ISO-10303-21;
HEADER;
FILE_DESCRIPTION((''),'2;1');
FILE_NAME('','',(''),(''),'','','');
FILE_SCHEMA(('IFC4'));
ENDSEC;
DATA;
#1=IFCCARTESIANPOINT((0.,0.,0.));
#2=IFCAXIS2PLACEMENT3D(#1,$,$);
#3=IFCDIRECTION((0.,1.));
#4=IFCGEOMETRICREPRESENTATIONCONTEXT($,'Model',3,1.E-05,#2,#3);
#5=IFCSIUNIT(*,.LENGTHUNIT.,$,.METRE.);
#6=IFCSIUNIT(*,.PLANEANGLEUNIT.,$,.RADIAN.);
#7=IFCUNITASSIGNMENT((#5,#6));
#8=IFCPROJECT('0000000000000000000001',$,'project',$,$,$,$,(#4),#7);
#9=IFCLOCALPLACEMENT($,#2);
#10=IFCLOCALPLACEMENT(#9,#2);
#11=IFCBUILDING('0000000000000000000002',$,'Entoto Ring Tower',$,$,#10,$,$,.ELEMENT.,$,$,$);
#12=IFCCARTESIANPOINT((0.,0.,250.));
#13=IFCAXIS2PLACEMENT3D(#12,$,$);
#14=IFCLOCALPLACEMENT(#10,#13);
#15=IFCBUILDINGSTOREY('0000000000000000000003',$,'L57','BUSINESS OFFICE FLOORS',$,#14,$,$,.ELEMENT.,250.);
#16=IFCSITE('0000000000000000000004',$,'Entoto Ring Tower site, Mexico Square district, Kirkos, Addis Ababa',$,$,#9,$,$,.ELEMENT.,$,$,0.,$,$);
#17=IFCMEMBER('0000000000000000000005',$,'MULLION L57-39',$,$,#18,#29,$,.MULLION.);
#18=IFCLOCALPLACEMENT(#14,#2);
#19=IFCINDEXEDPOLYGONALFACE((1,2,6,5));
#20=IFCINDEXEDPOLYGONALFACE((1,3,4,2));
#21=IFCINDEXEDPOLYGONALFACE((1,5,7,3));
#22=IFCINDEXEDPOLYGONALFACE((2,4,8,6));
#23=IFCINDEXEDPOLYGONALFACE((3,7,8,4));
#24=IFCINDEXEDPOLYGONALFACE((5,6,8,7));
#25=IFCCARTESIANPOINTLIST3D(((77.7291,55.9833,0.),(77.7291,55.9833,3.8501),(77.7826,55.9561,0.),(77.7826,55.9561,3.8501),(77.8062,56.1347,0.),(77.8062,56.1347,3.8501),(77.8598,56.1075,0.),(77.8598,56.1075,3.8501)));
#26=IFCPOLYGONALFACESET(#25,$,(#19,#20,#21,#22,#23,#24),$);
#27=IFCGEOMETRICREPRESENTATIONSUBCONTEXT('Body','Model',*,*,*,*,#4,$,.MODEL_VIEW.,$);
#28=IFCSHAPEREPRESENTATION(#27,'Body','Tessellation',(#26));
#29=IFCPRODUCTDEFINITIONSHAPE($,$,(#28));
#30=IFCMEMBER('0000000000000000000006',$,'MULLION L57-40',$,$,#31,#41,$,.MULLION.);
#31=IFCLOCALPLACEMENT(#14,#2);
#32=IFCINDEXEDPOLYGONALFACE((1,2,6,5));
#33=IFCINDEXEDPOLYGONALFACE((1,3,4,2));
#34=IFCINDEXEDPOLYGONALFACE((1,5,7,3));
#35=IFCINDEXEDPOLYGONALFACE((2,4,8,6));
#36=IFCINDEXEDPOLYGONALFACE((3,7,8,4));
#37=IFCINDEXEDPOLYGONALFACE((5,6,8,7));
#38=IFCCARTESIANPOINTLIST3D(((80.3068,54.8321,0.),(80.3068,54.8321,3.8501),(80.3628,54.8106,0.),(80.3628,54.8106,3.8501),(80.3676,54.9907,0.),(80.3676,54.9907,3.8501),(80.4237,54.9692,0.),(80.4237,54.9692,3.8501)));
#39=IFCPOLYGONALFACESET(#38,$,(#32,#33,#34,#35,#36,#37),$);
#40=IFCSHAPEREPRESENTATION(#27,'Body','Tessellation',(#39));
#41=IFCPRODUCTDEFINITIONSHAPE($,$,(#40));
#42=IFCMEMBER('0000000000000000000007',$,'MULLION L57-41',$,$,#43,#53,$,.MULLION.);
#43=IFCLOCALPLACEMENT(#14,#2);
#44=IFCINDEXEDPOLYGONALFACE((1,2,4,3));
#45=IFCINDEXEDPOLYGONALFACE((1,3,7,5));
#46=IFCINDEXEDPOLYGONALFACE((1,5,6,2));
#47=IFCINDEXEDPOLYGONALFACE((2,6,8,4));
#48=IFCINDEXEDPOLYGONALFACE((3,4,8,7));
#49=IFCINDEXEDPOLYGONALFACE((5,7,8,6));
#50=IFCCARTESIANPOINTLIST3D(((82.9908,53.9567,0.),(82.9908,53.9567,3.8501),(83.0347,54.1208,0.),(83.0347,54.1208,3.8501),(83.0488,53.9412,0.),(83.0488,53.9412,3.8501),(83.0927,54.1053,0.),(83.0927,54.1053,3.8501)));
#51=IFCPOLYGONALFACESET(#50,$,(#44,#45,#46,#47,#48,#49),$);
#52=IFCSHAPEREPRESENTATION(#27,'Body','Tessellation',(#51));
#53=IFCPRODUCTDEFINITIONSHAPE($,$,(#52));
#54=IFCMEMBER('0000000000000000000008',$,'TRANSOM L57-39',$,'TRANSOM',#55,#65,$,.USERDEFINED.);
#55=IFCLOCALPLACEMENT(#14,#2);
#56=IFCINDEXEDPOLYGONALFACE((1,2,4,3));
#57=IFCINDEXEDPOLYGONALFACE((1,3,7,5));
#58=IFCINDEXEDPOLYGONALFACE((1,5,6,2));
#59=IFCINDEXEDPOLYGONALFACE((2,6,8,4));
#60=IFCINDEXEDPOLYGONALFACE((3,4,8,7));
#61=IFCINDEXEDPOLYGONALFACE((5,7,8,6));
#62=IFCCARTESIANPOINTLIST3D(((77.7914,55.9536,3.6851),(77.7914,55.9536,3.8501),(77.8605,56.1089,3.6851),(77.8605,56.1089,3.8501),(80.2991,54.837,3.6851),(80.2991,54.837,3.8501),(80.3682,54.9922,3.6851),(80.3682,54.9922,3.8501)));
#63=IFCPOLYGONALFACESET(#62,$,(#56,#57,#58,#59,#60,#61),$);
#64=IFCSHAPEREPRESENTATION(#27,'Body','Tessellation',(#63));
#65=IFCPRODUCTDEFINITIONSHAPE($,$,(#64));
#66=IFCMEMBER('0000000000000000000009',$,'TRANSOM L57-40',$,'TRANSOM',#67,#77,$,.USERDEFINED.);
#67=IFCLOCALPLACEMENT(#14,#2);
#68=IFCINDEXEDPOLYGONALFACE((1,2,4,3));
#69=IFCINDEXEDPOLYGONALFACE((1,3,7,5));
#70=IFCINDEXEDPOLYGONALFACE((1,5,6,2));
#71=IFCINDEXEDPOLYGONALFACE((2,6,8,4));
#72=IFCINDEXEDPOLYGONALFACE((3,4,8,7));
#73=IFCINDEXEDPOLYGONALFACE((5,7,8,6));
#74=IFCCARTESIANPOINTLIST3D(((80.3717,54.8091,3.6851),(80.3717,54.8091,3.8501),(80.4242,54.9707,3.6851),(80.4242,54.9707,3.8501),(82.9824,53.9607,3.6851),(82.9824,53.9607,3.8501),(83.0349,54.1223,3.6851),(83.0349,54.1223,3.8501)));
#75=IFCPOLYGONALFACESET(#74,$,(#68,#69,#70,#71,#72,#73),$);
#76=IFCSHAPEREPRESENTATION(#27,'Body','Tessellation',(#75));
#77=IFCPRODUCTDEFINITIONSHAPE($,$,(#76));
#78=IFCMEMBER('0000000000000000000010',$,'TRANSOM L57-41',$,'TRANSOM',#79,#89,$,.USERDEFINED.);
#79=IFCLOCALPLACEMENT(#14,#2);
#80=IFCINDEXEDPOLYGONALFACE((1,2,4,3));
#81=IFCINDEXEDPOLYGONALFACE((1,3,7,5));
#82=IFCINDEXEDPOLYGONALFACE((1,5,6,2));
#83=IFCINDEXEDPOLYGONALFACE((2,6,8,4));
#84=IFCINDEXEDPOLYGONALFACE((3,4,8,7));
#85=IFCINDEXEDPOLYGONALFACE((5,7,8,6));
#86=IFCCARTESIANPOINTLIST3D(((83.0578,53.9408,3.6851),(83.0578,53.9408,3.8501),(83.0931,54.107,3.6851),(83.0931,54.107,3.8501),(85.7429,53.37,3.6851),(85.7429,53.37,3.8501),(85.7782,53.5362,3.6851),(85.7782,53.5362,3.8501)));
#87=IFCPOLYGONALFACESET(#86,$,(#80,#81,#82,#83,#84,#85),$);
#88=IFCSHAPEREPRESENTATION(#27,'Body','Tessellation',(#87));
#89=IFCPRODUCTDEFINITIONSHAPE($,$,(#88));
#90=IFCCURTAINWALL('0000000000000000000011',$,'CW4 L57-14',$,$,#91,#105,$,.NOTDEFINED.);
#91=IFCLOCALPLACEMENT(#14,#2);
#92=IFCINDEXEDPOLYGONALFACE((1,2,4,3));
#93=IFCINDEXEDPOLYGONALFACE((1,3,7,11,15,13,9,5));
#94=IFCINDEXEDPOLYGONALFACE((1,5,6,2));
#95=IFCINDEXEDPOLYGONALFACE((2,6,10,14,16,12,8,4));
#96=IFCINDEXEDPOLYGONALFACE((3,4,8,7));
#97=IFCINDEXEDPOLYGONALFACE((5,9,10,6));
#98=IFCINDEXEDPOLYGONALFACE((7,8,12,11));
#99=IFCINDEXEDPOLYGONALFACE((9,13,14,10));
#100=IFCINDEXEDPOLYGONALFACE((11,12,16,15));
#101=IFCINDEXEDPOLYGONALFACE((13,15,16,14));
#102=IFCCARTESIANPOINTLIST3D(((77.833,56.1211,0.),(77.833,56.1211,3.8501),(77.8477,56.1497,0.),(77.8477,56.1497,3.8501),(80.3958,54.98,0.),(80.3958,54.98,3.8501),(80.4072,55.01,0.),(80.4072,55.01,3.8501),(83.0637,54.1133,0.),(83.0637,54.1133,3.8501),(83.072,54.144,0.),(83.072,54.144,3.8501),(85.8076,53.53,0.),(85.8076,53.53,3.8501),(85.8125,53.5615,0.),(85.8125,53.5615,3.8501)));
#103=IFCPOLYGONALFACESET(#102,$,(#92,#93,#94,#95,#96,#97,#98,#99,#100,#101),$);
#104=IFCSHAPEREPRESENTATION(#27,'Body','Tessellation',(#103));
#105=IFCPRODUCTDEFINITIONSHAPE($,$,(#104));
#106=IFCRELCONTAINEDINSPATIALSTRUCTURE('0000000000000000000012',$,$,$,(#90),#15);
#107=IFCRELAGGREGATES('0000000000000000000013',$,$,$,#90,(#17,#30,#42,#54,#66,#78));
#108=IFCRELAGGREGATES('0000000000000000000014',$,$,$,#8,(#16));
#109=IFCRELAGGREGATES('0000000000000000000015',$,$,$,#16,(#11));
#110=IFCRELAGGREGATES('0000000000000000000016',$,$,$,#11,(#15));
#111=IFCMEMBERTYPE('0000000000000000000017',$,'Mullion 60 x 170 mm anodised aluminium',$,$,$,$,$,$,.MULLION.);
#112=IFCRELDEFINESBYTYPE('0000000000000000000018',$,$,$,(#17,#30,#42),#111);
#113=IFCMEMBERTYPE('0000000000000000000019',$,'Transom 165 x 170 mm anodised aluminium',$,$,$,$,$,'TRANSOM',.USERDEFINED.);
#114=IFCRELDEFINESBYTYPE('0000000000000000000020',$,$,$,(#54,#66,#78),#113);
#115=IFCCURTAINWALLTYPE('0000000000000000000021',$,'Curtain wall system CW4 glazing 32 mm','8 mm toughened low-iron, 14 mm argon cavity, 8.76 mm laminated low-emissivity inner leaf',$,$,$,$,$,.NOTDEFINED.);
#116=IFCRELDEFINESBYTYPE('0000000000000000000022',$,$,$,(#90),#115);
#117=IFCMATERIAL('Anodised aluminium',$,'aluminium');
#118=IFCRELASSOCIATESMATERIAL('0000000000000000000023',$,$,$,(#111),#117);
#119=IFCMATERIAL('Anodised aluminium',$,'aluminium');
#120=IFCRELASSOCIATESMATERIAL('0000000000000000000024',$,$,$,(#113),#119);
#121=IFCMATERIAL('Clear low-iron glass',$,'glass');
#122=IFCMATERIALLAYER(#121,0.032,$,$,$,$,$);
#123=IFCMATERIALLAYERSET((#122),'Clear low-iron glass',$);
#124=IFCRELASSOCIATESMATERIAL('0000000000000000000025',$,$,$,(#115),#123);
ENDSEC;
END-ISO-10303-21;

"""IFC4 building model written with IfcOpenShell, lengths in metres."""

from ifc_helpers import new_model, si_unit, direction, frame, origin, origin_2d, place, context, subcontext, project, spatial, polyline, rectangle, outline, extrude, material, layer, layer_set, material_profile, profile_set, type_object, element, aggregate, save


model = new_model("IFC4")

# Units and contexts
model_context = context("Model", 3, precision=1e-05, world=origin(), true_north=direction((0.0, 1.0)))
body_context = subcontext(model_context, "Body", "Model", "MODEL_VIEW")
ifc_project = project(units=[si_unit("LENGTHUNIT", "METRE"), si_unit("PLANEANGLEUNIT", "RADIAN")], contexts=[model_context])

# Members
ifc_material_1 = material(Name="Anodised aluminium", Category="aluminium")
ifc_material_profile_1 = material_profile(ifc_material_1, rectangle(XDim=0.0601, YDim=0.1699, at=origin_2d()), Name="Mullion 60 x 170 mm anodised aluminium")
ifc_profile_set_1 = profile_set([ifc_material_profile_1], Name="Anodised aluminium")
member_type_1 = type_object("IfcMemberType", Name="Mullion 60 x 170 mm anodised aluminium", PredefinedType="MULLION", material=ifc_profile_set_1)
site_placement = place(None, origin())
building_placement = place(site_placement, origin())
storey_placement = place(building_placement, frame((0.0, 0.0, 250.0)))
member_1_placement = place(storey_placement, frame((77.7944, 56.0454, 0.0), z_axis=(0.0, 0.0, 1.0), x_axis=(0.891007, -0.45399, 0.0)))
member_1 = element("IfcMember", 1, at=member_1_placement, type_object=member_type_1, Name="MULLION L57-39", PredefinedType="MULLION", context=body_context, shape_type="SweptSolid", body=[
    extrude(rectangle(XDim=0.0601, YDim=0.1699, at=origin_2d()), origin(), (0.0, 0.0, 1.0), 3.8501),
])
member_2_placement = place(storey_placement, frame((80.3652, 54.9006, 0.0), z_axis=(0.0, 0.0, 1.0), x_axis=(0.93358, -0.358368, 0.0)))
member_2 = element("IfcMember", 2, at=member_2_placement, type_object=member_type_1, Name="MULLION L57-40", PredefinedType="MULLION", context=body_context, shape_type="SweptSolid", body=[
    extrude(rectangle(XDim=0.0601, YDim=0.1699, at=origin_2d()), origin(), (0.0, 0.0, 1.0), 3.8501),
])
member_3_placement = place(storey_placement, frame((83.0417, 54.031, 0.0), z_axis=(0.0, 0.0, 1.0), x_axis=(0.965926, -0.258819, 0.0)))
member_3 = element("IfcMember", 3, at=member_3_placement, type_object=member_type_1, Name="MULLION L57-41", PredefinedType="MULLION", context=body_context, shape_type="SweptSolid", body=[
    extrude(rectangle(XDim=0.0601, YDim=0.1699, at=origin_2d()), origin(), (0.0, 0.0, 1.0), 3.8501),
])
ifc_material_2 = material(Name="Anodised aluminium", Category="aluminium")
ifc_material_profile_2 = material_profile(ifc_material_2, rectangle(XDim=0.1699, YDim=0.165, at=origin_2d()), Name="Transom 165 x 170 mm anodised aluminium")
ifc_profile_set_2 = profile_set([ifc_material_profile_2], Name="Anodised aluminium")
member_type_2 = type_object("IfcMemberType", Name="Transom 165 x 170 mm anodised aluminium", ElementType="TRANSOM", PredefinedType="USERDEFINED", material=ifc_profile_set_2)
member_4_placement = place(storey_placement, frame((77.8259, 56.0312, 3.7676), z_axis=(0.913525, -0.406782, 0.0), x_axis=(0.406782, 0.913525, 0.0)))
member_4 = element("IfcMember", 4, at=member_4_placement, type_object=member_type_2, Name="TRANSOM L57-39", ObjectType="TRANSOM", PredefinedType="USERDEFINED", context=body_context, shape_type="SweptSolid", body=[
    extrude(rectangle(XDim=0.1699, YDim=0.165, at=origin_2d()), origin(), (0.0, 0.0, 1.0), 2.7451),
])
member_5_placement = place(storey_placement, frame((80.3979, 54.8899, 3.7676), z_axis=(0.951048, -0.309042, 0.0), x_axis=(0.309042, 0.951048, 0.0)))
member_5 = element("IfcMember", 5, at=member_5_placement, type_object=member_type_2, Name="TRANSOM L57-40", ObjectType="TRANSOM", PredefinedType="USERDEFINED", context=body_context, shape_type="SweptSolid", body=[
    extrude(rectangle(XDim=0.1699, YDim=0.165, at=origin_2d()), origin(), (0.0, 0.0, 1.0), 2.7451),
])
member_6_placement = place(storey_placement, frame((83.0754, 54.0239, 3.7676), z_axis=(0.978142, -0.207937, 0.0), x_axis=(0.207937, 0.978142, 0.0)))
member_6 = element("IfcMember", 6, at=member_6_placement, type_object=member_type_2, Name="TRANSOM L57-41", ObjectType="TRANSOM", PredefinedType="USERDEFINED", context=body_context, shape_type="SweptSolid", body=[
    extrude(rectangle(XDim=0.1699, YDim=0.165, at=origin_2d()), origin(), (0.0, 0.0, 1.0), 2.7451),
])

# Site, building, storey
site = spatial("IfcSite", under=ifc_project, at=site_placement, Name="Entoto Ring Tower site, Mexico Square district, Kirkos, Addis Ababa", CompositionType="ELEMENT", RefElevation=0.0)
building = spatial("IfcBuilding", under=site, at=building_placement, Name="Entoto Ring Tower", CompositionType="ELEMENT")
storey = spatial("IfcBuildingStorey", under=building, at=storey_placement, Name="L57", Description="BUSINESS OFFICE FLOORS", CompositionType="ELEMENT", Elevation=250.0)

# Curtain wall
ifc_material_3 = material(Name="Clear low-iron glass", Category="glass")
ifc_layer = layer(ifc_material_3, 0.032)
ifc_layer_set = layer_set([ifc_layer], Name="Clear low-iron glass")
curtain_wall_type = type_object("IfcCurtainWallType", Name="Curtain wall system CW4 glazing 32 mm", Description="8 mm toughened low-iron, 14 mm argon cavity, 8.76 mm laminated low-emissivity inner leaf", PredefinedType="NOTDEFINED", material=ifc_layer_set)
curtain_wall_1_placement = place(storey_placement, origin())
curtain_wall_1 = element("IfcCurtainWall", 7, at=curtain_wall_1_placement, inside=storey, type_object=curtain_wall_type, Name="CW4 L57-14", PredefinedType="NOTDEFINED", context=body_context, shape_type="SweptSolid", body=[
    extrude(outline(polyline([(77.833, 56.1211), (80.3958, 54.98), (83.0637, 54.1133), (85.8076, 53.53), (85.8125, 53.5615), (83.072, 54.144), (80.4072, 55.01), (77.8477, 56.1497), (77.833, 56.1211)])), origin(), (0.0, 0.0, 1.0), 3.8501),
])
aggregate(curtain_wall_1, [member_1, member_2, member_3, member_4, member_5, member_6])

save(model, "model.ifc")
